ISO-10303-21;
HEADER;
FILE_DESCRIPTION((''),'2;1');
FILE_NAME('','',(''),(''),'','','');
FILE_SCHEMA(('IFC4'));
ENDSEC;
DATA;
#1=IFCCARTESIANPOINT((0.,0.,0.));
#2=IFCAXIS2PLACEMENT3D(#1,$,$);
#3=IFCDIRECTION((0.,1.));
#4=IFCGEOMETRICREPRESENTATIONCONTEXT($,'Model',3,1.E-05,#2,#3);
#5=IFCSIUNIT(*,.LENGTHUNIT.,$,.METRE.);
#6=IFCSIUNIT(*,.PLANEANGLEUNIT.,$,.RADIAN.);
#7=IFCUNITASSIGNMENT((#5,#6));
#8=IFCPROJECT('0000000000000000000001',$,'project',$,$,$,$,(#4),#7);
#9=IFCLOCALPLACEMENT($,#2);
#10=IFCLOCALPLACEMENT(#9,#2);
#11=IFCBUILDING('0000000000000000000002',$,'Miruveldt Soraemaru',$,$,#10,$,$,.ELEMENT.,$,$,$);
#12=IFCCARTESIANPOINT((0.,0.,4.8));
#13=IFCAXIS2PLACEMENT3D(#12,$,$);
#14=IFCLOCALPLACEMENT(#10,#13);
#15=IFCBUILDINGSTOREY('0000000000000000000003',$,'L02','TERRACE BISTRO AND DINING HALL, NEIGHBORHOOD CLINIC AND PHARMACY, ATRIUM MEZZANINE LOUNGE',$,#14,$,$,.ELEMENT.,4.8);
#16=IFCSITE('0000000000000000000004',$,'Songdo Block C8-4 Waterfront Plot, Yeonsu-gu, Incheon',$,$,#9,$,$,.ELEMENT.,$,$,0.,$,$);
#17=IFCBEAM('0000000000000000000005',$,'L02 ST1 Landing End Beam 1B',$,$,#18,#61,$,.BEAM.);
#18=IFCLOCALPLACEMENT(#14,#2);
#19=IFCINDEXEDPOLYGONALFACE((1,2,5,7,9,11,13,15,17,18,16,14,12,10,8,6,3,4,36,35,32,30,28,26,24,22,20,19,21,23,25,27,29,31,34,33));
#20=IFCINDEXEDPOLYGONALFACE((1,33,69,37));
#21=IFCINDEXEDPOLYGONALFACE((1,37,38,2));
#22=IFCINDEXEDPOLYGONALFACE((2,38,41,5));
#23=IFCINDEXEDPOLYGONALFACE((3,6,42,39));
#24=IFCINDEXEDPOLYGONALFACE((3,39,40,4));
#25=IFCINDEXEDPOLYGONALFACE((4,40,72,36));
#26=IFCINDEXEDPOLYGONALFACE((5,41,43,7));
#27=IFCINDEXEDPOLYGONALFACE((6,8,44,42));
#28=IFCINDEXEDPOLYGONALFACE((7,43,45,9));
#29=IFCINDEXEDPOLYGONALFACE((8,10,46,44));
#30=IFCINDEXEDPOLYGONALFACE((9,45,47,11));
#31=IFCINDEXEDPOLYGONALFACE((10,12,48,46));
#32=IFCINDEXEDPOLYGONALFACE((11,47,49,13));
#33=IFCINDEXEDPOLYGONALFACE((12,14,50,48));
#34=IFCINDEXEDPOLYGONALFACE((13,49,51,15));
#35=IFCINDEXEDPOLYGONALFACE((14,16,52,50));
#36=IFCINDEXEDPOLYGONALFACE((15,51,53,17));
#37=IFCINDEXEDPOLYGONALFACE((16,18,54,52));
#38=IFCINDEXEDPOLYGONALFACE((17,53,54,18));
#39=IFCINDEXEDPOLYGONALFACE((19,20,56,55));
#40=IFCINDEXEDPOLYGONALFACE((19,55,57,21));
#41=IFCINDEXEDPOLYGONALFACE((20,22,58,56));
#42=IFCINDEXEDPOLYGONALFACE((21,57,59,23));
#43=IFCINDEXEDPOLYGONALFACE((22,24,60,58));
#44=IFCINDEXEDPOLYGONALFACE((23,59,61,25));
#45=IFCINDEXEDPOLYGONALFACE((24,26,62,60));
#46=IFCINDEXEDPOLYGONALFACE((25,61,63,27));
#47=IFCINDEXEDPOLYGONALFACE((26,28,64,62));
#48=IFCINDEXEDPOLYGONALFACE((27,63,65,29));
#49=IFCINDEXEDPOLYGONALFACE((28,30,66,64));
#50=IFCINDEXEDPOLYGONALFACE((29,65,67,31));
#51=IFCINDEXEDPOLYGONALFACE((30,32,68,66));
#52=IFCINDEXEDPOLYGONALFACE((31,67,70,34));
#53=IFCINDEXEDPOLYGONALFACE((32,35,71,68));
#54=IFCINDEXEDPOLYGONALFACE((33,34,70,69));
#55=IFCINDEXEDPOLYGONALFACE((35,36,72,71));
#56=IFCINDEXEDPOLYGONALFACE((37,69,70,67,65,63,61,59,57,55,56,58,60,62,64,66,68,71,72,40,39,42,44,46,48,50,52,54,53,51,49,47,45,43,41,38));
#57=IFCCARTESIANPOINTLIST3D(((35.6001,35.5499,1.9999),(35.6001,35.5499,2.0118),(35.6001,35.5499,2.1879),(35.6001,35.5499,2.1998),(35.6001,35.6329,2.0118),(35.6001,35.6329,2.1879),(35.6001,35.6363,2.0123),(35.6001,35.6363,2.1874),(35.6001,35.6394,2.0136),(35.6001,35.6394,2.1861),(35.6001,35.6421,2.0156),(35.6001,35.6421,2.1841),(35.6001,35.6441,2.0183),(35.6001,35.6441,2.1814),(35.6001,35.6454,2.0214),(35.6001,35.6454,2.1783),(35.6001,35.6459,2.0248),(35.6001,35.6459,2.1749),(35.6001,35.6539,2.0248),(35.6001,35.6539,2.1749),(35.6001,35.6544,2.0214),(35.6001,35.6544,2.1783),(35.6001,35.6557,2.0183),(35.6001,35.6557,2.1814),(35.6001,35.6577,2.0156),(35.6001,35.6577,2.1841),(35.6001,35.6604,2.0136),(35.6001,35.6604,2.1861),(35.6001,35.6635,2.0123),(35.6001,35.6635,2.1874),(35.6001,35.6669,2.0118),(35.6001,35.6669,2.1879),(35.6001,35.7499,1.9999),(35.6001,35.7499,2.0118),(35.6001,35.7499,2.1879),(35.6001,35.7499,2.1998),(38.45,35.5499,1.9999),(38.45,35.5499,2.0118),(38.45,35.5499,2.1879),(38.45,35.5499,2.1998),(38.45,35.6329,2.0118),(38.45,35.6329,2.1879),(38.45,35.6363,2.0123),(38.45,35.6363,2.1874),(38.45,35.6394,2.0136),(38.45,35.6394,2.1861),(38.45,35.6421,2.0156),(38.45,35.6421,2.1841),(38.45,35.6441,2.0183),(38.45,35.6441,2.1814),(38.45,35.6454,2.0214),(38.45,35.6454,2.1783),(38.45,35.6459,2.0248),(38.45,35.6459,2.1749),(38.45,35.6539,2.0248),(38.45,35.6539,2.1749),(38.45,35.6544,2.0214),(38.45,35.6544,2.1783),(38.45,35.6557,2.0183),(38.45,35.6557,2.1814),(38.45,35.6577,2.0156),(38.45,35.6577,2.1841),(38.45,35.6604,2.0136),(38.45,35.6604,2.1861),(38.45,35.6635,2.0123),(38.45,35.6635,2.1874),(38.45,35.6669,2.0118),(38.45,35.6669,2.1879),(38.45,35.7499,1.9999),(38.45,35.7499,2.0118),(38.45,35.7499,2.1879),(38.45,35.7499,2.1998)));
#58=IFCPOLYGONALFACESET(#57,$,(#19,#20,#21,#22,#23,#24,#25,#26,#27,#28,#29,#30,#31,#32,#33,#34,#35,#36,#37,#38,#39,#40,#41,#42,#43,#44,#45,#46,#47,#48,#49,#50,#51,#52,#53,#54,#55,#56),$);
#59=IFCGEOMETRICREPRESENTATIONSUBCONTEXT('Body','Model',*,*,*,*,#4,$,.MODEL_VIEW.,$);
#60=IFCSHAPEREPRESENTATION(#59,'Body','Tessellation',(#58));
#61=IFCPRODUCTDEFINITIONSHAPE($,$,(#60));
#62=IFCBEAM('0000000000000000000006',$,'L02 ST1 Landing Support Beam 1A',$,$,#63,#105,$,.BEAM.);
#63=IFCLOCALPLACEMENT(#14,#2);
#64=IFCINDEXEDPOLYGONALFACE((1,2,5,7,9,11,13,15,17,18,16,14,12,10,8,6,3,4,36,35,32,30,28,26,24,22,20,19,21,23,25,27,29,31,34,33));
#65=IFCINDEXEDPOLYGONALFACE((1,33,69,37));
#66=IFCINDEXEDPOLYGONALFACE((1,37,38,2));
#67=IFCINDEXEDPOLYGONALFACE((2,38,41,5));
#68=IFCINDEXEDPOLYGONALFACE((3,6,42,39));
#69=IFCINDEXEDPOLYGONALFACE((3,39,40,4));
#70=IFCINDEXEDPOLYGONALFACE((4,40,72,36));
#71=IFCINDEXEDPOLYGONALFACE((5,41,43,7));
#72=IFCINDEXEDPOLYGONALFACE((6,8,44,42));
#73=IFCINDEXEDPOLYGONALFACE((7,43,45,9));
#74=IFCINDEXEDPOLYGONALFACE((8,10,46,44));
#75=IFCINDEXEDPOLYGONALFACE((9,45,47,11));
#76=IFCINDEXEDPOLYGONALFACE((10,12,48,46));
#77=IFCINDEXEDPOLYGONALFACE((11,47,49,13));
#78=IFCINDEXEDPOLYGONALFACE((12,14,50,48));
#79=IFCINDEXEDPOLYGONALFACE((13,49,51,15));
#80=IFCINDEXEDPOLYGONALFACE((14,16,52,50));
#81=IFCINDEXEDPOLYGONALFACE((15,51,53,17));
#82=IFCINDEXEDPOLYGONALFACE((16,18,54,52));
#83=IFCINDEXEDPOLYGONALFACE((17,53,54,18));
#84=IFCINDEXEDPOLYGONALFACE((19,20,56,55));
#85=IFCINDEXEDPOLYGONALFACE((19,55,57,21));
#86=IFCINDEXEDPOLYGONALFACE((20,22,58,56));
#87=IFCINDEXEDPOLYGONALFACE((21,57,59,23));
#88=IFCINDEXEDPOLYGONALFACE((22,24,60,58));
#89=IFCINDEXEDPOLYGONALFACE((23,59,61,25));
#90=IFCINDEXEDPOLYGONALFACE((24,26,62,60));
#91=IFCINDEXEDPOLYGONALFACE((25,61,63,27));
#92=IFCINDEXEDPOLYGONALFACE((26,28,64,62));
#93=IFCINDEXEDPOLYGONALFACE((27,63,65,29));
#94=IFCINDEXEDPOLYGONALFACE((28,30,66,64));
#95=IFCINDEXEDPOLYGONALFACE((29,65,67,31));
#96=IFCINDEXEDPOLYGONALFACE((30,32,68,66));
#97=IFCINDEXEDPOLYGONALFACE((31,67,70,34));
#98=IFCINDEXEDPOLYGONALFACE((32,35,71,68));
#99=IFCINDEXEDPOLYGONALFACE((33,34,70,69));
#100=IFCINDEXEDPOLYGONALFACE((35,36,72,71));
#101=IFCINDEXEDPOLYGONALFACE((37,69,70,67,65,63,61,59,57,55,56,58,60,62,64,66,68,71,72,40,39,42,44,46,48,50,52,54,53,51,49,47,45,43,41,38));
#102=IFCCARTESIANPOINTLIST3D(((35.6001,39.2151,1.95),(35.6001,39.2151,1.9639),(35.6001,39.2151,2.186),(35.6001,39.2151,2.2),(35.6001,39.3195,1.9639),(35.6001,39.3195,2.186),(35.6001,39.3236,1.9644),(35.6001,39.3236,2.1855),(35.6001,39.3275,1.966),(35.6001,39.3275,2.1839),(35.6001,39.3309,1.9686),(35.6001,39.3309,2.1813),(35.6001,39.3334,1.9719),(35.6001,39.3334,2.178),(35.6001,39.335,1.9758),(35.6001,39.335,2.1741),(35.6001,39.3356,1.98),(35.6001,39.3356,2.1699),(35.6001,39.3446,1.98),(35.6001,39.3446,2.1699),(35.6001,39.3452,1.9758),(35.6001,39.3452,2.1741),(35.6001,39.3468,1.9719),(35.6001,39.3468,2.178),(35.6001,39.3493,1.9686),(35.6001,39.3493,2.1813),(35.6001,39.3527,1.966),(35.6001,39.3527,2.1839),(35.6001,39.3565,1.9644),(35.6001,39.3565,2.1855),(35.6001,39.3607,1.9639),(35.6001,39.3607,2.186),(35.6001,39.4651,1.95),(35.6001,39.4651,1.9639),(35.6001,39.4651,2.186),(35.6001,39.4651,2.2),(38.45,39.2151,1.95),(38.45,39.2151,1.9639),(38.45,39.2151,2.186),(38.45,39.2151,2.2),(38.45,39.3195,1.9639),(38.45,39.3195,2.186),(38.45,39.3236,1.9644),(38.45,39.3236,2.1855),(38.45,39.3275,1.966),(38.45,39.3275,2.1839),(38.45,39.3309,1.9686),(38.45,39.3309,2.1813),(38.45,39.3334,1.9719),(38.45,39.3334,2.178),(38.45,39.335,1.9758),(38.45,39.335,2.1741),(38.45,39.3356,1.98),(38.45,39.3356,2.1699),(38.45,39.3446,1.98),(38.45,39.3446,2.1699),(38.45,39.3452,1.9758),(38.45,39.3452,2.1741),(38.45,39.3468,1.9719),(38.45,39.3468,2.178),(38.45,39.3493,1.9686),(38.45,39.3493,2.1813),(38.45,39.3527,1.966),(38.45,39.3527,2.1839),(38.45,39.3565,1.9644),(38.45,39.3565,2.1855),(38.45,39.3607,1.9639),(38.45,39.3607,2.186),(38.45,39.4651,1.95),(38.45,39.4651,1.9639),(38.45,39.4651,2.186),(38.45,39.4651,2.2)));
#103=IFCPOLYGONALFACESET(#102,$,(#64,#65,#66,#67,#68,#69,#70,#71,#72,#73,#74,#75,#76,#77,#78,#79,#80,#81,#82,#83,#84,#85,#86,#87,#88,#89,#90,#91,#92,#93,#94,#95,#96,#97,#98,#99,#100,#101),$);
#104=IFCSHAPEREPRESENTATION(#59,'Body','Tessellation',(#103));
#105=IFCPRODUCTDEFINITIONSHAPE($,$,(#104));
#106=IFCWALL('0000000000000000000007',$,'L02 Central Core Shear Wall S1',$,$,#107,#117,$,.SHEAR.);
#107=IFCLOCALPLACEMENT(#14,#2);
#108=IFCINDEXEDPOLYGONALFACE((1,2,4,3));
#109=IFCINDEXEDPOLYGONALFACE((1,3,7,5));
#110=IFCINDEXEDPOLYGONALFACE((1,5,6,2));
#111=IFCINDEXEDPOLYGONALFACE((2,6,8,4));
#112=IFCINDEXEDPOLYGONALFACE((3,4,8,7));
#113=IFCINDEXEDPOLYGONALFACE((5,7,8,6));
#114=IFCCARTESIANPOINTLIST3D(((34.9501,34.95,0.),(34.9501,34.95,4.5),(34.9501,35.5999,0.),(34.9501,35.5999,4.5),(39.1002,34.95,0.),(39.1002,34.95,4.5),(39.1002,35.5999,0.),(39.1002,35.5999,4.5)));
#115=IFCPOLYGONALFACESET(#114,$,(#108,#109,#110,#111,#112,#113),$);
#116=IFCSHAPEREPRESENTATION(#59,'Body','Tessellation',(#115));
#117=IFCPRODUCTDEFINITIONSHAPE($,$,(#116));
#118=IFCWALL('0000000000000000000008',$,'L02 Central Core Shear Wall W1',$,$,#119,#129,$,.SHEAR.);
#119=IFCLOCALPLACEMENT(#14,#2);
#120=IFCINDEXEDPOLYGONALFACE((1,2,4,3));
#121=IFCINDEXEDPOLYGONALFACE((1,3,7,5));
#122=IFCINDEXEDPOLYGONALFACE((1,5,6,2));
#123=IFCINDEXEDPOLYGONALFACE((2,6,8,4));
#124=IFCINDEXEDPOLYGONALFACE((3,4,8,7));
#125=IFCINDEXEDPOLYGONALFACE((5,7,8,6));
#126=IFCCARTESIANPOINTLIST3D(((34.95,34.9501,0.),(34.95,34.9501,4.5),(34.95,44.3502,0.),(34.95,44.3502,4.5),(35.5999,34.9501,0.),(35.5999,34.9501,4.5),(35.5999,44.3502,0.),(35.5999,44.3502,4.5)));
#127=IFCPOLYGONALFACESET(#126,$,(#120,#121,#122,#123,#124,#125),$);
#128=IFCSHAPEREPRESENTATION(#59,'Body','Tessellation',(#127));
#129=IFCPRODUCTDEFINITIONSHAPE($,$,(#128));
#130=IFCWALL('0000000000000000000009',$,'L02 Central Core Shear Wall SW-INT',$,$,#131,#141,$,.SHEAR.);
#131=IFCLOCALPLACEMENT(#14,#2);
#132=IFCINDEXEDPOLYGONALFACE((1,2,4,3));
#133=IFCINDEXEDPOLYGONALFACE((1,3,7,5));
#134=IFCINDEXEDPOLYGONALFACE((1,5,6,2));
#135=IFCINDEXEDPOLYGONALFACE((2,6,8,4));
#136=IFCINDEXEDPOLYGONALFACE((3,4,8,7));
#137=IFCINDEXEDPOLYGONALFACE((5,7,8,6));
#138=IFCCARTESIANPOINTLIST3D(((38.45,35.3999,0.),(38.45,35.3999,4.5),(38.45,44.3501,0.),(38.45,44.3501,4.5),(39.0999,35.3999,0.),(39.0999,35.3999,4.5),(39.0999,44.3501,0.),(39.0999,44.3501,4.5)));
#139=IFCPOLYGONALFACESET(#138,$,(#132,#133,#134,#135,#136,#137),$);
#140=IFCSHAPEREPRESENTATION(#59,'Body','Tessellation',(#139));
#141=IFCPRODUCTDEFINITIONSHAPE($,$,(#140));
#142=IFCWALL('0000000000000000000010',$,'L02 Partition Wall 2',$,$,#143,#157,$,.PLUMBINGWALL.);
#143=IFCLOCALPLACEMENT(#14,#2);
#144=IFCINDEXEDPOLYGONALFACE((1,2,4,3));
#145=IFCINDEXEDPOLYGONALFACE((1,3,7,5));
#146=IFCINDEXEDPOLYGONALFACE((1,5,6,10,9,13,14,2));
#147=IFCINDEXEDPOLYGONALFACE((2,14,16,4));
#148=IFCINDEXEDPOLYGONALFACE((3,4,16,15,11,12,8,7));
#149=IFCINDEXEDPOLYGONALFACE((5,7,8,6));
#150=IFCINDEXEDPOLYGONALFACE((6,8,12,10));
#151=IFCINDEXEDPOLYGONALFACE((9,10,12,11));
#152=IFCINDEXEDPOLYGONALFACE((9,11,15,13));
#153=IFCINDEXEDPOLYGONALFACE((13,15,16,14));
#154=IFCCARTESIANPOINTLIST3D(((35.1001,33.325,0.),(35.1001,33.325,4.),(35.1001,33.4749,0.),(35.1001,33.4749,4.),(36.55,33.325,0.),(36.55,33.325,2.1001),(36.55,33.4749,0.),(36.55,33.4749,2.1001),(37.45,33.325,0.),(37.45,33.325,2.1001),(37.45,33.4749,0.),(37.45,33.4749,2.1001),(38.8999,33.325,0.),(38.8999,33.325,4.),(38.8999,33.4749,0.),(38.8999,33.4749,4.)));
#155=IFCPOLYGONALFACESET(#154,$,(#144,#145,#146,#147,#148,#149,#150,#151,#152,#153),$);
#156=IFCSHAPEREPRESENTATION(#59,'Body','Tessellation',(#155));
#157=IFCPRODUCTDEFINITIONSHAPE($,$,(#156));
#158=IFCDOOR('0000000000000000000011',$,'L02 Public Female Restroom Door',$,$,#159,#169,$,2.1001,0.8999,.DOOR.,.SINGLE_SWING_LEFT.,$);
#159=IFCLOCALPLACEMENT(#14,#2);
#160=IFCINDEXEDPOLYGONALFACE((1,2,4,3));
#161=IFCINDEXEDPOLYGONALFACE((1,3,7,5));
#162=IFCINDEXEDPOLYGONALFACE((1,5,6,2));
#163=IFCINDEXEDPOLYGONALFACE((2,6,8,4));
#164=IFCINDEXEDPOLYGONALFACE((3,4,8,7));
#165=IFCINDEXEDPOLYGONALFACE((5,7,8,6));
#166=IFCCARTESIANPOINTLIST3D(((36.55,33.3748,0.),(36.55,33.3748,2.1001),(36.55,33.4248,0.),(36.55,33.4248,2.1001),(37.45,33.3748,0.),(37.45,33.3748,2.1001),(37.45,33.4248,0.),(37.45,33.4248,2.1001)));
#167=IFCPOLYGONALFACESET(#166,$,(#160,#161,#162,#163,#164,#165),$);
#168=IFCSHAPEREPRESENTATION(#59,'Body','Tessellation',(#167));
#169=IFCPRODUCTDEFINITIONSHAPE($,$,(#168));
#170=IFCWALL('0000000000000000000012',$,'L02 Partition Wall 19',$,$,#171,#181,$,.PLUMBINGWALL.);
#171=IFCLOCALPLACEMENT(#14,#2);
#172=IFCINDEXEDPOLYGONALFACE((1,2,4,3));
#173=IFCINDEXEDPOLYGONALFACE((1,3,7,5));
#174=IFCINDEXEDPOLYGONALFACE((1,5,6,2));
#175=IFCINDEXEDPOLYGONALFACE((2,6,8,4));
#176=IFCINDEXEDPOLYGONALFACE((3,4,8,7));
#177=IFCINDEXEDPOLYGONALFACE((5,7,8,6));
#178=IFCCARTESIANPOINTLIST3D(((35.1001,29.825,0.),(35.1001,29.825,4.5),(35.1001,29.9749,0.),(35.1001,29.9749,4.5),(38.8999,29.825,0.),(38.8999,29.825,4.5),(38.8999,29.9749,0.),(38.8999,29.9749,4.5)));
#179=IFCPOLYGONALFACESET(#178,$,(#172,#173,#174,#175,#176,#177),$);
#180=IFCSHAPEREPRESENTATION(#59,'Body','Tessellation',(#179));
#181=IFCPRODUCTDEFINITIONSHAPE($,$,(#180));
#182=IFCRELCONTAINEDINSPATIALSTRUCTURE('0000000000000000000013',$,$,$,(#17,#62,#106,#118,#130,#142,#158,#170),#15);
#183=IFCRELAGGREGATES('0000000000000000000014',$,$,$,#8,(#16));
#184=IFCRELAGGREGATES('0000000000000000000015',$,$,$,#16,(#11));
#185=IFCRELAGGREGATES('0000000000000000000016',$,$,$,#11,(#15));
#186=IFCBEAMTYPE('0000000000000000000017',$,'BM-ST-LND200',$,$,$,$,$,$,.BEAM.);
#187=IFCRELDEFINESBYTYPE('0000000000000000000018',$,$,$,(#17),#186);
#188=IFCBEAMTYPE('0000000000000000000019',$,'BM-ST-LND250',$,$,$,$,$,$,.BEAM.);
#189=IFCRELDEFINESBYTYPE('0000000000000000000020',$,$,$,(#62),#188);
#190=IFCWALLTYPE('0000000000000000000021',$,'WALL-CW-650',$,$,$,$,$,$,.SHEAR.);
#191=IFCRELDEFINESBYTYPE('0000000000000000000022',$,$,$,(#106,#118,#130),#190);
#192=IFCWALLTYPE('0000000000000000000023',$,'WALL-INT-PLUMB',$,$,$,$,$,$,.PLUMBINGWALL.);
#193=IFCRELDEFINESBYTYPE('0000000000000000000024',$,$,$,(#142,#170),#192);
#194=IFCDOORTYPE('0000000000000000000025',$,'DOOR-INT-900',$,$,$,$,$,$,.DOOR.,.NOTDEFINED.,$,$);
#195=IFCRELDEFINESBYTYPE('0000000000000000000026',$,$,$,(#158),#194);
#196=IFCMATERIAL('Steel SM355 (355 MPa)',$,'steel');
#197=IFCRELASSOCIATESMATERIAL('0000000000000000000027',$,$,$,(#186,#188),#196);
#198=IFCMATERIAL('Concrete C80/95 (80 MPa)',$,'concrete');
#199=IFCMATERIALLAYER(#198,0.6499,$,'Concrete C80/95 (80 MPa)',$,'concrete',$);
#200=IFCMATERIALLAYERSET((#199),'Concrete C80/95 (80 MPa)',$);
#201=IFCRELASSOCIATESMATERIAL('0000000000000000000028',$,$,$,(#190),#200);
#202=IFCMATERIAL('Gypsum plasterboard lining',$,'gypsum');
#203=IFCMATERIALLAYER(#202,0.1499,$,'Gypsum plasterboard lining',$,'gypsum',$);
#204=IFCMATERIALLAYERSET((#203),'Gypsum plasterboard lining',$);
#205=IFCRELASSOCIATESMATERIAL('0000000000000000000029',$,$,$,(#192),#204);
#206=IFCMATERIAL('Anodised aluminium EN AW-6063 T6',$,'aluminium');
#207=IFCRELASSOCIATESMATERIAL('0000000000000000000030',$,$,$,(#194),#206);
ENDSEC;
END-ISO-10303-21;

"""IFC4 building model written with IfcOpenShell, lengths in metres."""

from ifc_helpers import new_model, si_unit, direction, frame, frame_2d, origin, origin_2d, place, context, subcontext, project, spatial, rectangle, i_section, extrude, material, layer, layer_set, material_profile, profile_set, type_object, element, fill, save


model = new_model("IFC4")

# Units and contexts
model_context = context("Model", 3, precision=1e-05, world=origin(), true_north=direction((0.0, 1.0)))
body_context = subcontext(model_context, "Body", "Model", "MODEL_VIEW")
ifc_project = project(units=[si_unit("LENGTHUNIT", "METRE"), si_unit("PLANEANGLEUNIT", "RADIAN")], contexts=[model_context])

# Site, building, storey
site_placement = place(None, origin())
site = spatial("IfcSite", under=ifc_project, at=site_placement, Name="Songdo Block C8-4 Waterfront Plot, Yeonsu-gu, Incheon", CompositionType="ELEMENT", RefElevation=0.0)
building_placement = place(site_placement, origin())
building = spatial("IfcBuilding", under=site, at=building_placement, Name="Miruveldt Soraemaru", CompositionType="ELEMENT")
storey_placement = place(building_placement, frame((0.0, 0.0, 4.8)))
storey = spatial("IfcBuildingStorey", under=building, at=storey_placement, Name="L02", Description="TERRACE BISTRO AND DINING HALL, NEIGHBORHOOD CLINIC AND PHARMACY, ATRIUM MEZZANINE LOUNGE", CompositionType="ELEMENT", Elevation=4.8)

# Shared definitions
ifc_material_1 = material(Name="Concrete C80/95 (80 MPa)", Category="concrete")

# Beams
ifc_material_2 = material(Name="Steel SM355 (355 MPa)", Category="steel")
ifc_material_profile_1 = material_profile(ifc_material_2, i_section(OverallWidth=0.2, OverallDepth=0.2, WebThickness=0.0081, FlangeThickness=0.012, FilletRadius=0.0129, at=origin_2d()), Name="Steel SM355 (355 MPa)", Category="steel")
ifc_profile_set_1 = profile_set([ifc_material_profile_1], Name="Steel SM355 (355 MPa)")
beam_type_1 = type_object("IfcBeamType", Name="BM-ST-LND200", PredefinedType="BEAM", material=ifc_profile_set_1)
beam_1_placement = place(storey_placement, frame((35.6001, 35.6499, 2.0999), z_axis=(1.0, 0.0, 0.0), x_axis=(0.0, 1.0, 0.0)))
element("IfcBeam", 1, at=beam_1_placement, inside=storey, type_object=beam_type_1, Name="L02 ST1 Landing End Beam 1B", PredefinedType="BEAM", context=body_context, shape_type="SweptSolid", body=[
    extrude(i_section(OverallWidth=0.2, OverallDepth=0.2, WebThickness=0.0081, FlangeThickness=0.012, FilletRadius=0.0129, at=origin_2d()), origin(), (0.0, 0.0, 1.0), 2.8499),
])
ifc_material_profile_2 = material_profile(ifc_material_2, i_section(OverallWidth=0.25, OverallDepth=0.25, WebThickness=0.009, FlangeThickness=0.0139, FilletRadius=0.0161, at=origin_2d()), Name="Steel SM355 (355 MPa)", Category="steel")
ifc_profile_set_2 = profile_set([ifc_material_profile_2], Name="Steel SM355 (355 MPa)")
beam_type_2 = type_object("IfcBeamType", Name="BM-ST-LND250", PredefinedType="BEAM", material=ifc_profile_set_2)
beam_2_placement = place(storey_placement, frame((35.6001, 39.3401, 2.075), z_axis=(1.0, 0.0, 0.0), x_axis=(0.0, 1.0, 0.0)))
element("IfcBeam", 2, at=beam_2_placement, inside=storey, type_object=beam_type_2, Name="L02 ST1 Landing Support Beam 1A", PredefinedType="BEAM", context=body_context, shape_type="SweptSolid", body=[
    extrude(i_section(OverallWidth=0.25, OverallDepth=0.25, WebThickness=0.009, FlangeThickness=0.0139, FilletRadius=0.0161, at=origin_2d()), origin(), (0.0, 0.0, 1.0), 2.8499),
])

# Walls
ifc_layer_1 = layer(ifc_material_1, 0.6499, Name="Concrete C80/95 (80 MPa)", Category="concrete")
ifc_layer_set_1 = layer_set([ifc_layer_1], Name="Concrete C80/95 (80 MPa)")
wall_type_1 = type_object("IfcWallType", Name="WALL-CW-650", PredefinedType="SHEAR", material=ifc_layer_set_1)
wall_1_placement = place(storey_placement, frame((34.95, 35.2749, 0.0), z_axis=(0.0, 0.0, 1.0), x_axis=(1.0, 0.0, 0.0)))
element("IfcWall", 3, at=wall_1_placement, inside=storey, type_object=wall_type_1, Name="L02 Central Core Shear Wall S1", PredefinedType="SHEAR", context=body_context, shape_type="SweptSolid", body=[
    extrude(rectangle(XDim=4.1501, YDim=0.6499, at=frame_2d((2.0752, 0.0))), origin(), (0.0, 0.0, 1.0), 4.5),
])
wall_2_placement = place(storey_placement, frame((35.2749, 34.95, 0.0), z_axis=(0.0, 0.0, 1.0), x_axis=(0.0, 1.0, 0.0)))
element("IfcWall", 4, at=wall_2_placement, inside=storey, type_object=wall_type_1, Name="L02 Central Core Shear Wall W1", PredefinedType="SHEAR", context=body_context, shape_type="SweptSolid", body=[
    extrude(rectangle(XDim=9.4001, YDim=0.6499, at=frame_2d((4.7002, 0.0))), origin(), (0.0, 0.0, 1.0), 4.5),
])
wall_3_placement = place(storey_placement, frame((38.7749, 35.3999, 0.0), z_axis=(0.0, 0.0, 1.0), x_axis=(0.0, 1.0, 0.0)))
element("IfcWall", 5, at=wall_3_placement, inside=storey, type_object=wall_type_1, Name="L02 Central Core Shear Wall SW-INT", PredefinedType="SHEAR", context=body_context, shape_type="SweptSolid", body=[
    extrude(rectangle(XDim=8.9502, YDim=0.6499, at=frame_2d((4.4751, 0.0))), origin(), (0.0, 0.0, 1.0), 4.5),
])

# Wall, opening, door
ifc_material_3 = material(Name="Gypsum plasterboard lining", Category="gypsum")
ifc_layer_2 = layer(ifc_material_3, 0.1499, Name="Gypsum plasterboard lining", Category="gypsum")
ifc_layer_set_2 = layer_set([ifc_layer_2], Name="Gypsum plasterboard lining")
wall_type_2 = type_object("IfcWallType", Name="WALL-INT-PLUMB", PredefinedType="PLUMBINGWALL", material=ifc_layer_set_2)
wall_4_placement = place(storey_placement, frame((35.1001, 33.3999, 0.0), z_axis=(0.0, 0.0, 1.0), x_axis=(1.0, 0.0, 0.0)))
wall_4 = element("IfcWall", 6, at=wall_4_placement, inside=storey, type_object=wall_type_2, Name="L02 Partition Wall 2", PredefinedType="PLUMBINGWALL", context=body_context, shape_type="SweptSolid", body=[
    extrude(rectangle(XDim=3.7998, YDim=0.1499, at=frame_2d((1.8999, 0.0))), origin(), (0.0, 0.0, 1.0), 4.0),
])
opening_1_placement = place(wall_4_placement, frame((1.45, 0.0, 0.0)))
opening_1 = element("IfcOpeningElement", 7, at=opening_1_placement, cuts=wall_4, PredefinedType="OPENING", context=body_context, shape_type="SweptSolid", body=[
    extrude(rectangle(XDim=0.8999, YDim=2.1001, at=frame_2d((0.45, 1.05))), frame((0.0, 0.085, 0.0), z_axis=(0.0, -1.0, 0.0), x_axis=(1.0, 0.0, 0.0)), (0.0, 0.0, 1.0), 0.1699),
])
ifc_material_4 = material(Name="Anodised aluminium EN AW-6063 T6", Category="aluminium")
door_type_1 = type_object("IfcDoorType", Name="DOOR-INT-900", OperationType="NOTDEFINED", PredefinedType="DOOR", material=ifc_material_4)
door_1_placement = place(opening_1_placement, origin())
door_1 = element("IfcDoor", 8, at=door_1_placement, inside=storey, type_object=door_type_1, Name="L02 Public Female Restroom Door", OperationType="SINGLE_SWING_LEFT", OverallHeight=2.1001, OverallWidth=0.8999, PredefinedType="DOOR", context=body_context, shape_type="SweptSolid", body=[
    extrude(rectangle(XDim=0.8999, YDim=2.1001, at=frame_2d((0.45, 1.05))), frame((0.0, 0.0249, 0.0), z_axis=(0.0, -1.0, 0.0), x_axis=(1.0, 0.0, 0.0)), (0.0, 0.0, 1.0), 0.05),
])
fill(opening_1, door_1)

# Wall
wall_5_placement = place(storey_placement, frame((35.1001, 29.8999, 0.0), z_axis=(0.0, 0.0, 1.0), x_axis=(1.0, 0.0, 0.0)))
element("IfcWall", 9, at=wall_5_placement, inside=storey, type_object=wall_type_2, Name="L02 Partition Wall 19", PredefinedType="PLUMBINGWALL", context=body_context, shape_type="SweptSolid", body=[
    extrude(rectangle(XDim=3.7998, YDim=0.1499, at=frame_2d((1.8999, 0.0))), origin(), (0.0, 0.0, 1.0), 4.5),
])

save(model, "model.ifc")
